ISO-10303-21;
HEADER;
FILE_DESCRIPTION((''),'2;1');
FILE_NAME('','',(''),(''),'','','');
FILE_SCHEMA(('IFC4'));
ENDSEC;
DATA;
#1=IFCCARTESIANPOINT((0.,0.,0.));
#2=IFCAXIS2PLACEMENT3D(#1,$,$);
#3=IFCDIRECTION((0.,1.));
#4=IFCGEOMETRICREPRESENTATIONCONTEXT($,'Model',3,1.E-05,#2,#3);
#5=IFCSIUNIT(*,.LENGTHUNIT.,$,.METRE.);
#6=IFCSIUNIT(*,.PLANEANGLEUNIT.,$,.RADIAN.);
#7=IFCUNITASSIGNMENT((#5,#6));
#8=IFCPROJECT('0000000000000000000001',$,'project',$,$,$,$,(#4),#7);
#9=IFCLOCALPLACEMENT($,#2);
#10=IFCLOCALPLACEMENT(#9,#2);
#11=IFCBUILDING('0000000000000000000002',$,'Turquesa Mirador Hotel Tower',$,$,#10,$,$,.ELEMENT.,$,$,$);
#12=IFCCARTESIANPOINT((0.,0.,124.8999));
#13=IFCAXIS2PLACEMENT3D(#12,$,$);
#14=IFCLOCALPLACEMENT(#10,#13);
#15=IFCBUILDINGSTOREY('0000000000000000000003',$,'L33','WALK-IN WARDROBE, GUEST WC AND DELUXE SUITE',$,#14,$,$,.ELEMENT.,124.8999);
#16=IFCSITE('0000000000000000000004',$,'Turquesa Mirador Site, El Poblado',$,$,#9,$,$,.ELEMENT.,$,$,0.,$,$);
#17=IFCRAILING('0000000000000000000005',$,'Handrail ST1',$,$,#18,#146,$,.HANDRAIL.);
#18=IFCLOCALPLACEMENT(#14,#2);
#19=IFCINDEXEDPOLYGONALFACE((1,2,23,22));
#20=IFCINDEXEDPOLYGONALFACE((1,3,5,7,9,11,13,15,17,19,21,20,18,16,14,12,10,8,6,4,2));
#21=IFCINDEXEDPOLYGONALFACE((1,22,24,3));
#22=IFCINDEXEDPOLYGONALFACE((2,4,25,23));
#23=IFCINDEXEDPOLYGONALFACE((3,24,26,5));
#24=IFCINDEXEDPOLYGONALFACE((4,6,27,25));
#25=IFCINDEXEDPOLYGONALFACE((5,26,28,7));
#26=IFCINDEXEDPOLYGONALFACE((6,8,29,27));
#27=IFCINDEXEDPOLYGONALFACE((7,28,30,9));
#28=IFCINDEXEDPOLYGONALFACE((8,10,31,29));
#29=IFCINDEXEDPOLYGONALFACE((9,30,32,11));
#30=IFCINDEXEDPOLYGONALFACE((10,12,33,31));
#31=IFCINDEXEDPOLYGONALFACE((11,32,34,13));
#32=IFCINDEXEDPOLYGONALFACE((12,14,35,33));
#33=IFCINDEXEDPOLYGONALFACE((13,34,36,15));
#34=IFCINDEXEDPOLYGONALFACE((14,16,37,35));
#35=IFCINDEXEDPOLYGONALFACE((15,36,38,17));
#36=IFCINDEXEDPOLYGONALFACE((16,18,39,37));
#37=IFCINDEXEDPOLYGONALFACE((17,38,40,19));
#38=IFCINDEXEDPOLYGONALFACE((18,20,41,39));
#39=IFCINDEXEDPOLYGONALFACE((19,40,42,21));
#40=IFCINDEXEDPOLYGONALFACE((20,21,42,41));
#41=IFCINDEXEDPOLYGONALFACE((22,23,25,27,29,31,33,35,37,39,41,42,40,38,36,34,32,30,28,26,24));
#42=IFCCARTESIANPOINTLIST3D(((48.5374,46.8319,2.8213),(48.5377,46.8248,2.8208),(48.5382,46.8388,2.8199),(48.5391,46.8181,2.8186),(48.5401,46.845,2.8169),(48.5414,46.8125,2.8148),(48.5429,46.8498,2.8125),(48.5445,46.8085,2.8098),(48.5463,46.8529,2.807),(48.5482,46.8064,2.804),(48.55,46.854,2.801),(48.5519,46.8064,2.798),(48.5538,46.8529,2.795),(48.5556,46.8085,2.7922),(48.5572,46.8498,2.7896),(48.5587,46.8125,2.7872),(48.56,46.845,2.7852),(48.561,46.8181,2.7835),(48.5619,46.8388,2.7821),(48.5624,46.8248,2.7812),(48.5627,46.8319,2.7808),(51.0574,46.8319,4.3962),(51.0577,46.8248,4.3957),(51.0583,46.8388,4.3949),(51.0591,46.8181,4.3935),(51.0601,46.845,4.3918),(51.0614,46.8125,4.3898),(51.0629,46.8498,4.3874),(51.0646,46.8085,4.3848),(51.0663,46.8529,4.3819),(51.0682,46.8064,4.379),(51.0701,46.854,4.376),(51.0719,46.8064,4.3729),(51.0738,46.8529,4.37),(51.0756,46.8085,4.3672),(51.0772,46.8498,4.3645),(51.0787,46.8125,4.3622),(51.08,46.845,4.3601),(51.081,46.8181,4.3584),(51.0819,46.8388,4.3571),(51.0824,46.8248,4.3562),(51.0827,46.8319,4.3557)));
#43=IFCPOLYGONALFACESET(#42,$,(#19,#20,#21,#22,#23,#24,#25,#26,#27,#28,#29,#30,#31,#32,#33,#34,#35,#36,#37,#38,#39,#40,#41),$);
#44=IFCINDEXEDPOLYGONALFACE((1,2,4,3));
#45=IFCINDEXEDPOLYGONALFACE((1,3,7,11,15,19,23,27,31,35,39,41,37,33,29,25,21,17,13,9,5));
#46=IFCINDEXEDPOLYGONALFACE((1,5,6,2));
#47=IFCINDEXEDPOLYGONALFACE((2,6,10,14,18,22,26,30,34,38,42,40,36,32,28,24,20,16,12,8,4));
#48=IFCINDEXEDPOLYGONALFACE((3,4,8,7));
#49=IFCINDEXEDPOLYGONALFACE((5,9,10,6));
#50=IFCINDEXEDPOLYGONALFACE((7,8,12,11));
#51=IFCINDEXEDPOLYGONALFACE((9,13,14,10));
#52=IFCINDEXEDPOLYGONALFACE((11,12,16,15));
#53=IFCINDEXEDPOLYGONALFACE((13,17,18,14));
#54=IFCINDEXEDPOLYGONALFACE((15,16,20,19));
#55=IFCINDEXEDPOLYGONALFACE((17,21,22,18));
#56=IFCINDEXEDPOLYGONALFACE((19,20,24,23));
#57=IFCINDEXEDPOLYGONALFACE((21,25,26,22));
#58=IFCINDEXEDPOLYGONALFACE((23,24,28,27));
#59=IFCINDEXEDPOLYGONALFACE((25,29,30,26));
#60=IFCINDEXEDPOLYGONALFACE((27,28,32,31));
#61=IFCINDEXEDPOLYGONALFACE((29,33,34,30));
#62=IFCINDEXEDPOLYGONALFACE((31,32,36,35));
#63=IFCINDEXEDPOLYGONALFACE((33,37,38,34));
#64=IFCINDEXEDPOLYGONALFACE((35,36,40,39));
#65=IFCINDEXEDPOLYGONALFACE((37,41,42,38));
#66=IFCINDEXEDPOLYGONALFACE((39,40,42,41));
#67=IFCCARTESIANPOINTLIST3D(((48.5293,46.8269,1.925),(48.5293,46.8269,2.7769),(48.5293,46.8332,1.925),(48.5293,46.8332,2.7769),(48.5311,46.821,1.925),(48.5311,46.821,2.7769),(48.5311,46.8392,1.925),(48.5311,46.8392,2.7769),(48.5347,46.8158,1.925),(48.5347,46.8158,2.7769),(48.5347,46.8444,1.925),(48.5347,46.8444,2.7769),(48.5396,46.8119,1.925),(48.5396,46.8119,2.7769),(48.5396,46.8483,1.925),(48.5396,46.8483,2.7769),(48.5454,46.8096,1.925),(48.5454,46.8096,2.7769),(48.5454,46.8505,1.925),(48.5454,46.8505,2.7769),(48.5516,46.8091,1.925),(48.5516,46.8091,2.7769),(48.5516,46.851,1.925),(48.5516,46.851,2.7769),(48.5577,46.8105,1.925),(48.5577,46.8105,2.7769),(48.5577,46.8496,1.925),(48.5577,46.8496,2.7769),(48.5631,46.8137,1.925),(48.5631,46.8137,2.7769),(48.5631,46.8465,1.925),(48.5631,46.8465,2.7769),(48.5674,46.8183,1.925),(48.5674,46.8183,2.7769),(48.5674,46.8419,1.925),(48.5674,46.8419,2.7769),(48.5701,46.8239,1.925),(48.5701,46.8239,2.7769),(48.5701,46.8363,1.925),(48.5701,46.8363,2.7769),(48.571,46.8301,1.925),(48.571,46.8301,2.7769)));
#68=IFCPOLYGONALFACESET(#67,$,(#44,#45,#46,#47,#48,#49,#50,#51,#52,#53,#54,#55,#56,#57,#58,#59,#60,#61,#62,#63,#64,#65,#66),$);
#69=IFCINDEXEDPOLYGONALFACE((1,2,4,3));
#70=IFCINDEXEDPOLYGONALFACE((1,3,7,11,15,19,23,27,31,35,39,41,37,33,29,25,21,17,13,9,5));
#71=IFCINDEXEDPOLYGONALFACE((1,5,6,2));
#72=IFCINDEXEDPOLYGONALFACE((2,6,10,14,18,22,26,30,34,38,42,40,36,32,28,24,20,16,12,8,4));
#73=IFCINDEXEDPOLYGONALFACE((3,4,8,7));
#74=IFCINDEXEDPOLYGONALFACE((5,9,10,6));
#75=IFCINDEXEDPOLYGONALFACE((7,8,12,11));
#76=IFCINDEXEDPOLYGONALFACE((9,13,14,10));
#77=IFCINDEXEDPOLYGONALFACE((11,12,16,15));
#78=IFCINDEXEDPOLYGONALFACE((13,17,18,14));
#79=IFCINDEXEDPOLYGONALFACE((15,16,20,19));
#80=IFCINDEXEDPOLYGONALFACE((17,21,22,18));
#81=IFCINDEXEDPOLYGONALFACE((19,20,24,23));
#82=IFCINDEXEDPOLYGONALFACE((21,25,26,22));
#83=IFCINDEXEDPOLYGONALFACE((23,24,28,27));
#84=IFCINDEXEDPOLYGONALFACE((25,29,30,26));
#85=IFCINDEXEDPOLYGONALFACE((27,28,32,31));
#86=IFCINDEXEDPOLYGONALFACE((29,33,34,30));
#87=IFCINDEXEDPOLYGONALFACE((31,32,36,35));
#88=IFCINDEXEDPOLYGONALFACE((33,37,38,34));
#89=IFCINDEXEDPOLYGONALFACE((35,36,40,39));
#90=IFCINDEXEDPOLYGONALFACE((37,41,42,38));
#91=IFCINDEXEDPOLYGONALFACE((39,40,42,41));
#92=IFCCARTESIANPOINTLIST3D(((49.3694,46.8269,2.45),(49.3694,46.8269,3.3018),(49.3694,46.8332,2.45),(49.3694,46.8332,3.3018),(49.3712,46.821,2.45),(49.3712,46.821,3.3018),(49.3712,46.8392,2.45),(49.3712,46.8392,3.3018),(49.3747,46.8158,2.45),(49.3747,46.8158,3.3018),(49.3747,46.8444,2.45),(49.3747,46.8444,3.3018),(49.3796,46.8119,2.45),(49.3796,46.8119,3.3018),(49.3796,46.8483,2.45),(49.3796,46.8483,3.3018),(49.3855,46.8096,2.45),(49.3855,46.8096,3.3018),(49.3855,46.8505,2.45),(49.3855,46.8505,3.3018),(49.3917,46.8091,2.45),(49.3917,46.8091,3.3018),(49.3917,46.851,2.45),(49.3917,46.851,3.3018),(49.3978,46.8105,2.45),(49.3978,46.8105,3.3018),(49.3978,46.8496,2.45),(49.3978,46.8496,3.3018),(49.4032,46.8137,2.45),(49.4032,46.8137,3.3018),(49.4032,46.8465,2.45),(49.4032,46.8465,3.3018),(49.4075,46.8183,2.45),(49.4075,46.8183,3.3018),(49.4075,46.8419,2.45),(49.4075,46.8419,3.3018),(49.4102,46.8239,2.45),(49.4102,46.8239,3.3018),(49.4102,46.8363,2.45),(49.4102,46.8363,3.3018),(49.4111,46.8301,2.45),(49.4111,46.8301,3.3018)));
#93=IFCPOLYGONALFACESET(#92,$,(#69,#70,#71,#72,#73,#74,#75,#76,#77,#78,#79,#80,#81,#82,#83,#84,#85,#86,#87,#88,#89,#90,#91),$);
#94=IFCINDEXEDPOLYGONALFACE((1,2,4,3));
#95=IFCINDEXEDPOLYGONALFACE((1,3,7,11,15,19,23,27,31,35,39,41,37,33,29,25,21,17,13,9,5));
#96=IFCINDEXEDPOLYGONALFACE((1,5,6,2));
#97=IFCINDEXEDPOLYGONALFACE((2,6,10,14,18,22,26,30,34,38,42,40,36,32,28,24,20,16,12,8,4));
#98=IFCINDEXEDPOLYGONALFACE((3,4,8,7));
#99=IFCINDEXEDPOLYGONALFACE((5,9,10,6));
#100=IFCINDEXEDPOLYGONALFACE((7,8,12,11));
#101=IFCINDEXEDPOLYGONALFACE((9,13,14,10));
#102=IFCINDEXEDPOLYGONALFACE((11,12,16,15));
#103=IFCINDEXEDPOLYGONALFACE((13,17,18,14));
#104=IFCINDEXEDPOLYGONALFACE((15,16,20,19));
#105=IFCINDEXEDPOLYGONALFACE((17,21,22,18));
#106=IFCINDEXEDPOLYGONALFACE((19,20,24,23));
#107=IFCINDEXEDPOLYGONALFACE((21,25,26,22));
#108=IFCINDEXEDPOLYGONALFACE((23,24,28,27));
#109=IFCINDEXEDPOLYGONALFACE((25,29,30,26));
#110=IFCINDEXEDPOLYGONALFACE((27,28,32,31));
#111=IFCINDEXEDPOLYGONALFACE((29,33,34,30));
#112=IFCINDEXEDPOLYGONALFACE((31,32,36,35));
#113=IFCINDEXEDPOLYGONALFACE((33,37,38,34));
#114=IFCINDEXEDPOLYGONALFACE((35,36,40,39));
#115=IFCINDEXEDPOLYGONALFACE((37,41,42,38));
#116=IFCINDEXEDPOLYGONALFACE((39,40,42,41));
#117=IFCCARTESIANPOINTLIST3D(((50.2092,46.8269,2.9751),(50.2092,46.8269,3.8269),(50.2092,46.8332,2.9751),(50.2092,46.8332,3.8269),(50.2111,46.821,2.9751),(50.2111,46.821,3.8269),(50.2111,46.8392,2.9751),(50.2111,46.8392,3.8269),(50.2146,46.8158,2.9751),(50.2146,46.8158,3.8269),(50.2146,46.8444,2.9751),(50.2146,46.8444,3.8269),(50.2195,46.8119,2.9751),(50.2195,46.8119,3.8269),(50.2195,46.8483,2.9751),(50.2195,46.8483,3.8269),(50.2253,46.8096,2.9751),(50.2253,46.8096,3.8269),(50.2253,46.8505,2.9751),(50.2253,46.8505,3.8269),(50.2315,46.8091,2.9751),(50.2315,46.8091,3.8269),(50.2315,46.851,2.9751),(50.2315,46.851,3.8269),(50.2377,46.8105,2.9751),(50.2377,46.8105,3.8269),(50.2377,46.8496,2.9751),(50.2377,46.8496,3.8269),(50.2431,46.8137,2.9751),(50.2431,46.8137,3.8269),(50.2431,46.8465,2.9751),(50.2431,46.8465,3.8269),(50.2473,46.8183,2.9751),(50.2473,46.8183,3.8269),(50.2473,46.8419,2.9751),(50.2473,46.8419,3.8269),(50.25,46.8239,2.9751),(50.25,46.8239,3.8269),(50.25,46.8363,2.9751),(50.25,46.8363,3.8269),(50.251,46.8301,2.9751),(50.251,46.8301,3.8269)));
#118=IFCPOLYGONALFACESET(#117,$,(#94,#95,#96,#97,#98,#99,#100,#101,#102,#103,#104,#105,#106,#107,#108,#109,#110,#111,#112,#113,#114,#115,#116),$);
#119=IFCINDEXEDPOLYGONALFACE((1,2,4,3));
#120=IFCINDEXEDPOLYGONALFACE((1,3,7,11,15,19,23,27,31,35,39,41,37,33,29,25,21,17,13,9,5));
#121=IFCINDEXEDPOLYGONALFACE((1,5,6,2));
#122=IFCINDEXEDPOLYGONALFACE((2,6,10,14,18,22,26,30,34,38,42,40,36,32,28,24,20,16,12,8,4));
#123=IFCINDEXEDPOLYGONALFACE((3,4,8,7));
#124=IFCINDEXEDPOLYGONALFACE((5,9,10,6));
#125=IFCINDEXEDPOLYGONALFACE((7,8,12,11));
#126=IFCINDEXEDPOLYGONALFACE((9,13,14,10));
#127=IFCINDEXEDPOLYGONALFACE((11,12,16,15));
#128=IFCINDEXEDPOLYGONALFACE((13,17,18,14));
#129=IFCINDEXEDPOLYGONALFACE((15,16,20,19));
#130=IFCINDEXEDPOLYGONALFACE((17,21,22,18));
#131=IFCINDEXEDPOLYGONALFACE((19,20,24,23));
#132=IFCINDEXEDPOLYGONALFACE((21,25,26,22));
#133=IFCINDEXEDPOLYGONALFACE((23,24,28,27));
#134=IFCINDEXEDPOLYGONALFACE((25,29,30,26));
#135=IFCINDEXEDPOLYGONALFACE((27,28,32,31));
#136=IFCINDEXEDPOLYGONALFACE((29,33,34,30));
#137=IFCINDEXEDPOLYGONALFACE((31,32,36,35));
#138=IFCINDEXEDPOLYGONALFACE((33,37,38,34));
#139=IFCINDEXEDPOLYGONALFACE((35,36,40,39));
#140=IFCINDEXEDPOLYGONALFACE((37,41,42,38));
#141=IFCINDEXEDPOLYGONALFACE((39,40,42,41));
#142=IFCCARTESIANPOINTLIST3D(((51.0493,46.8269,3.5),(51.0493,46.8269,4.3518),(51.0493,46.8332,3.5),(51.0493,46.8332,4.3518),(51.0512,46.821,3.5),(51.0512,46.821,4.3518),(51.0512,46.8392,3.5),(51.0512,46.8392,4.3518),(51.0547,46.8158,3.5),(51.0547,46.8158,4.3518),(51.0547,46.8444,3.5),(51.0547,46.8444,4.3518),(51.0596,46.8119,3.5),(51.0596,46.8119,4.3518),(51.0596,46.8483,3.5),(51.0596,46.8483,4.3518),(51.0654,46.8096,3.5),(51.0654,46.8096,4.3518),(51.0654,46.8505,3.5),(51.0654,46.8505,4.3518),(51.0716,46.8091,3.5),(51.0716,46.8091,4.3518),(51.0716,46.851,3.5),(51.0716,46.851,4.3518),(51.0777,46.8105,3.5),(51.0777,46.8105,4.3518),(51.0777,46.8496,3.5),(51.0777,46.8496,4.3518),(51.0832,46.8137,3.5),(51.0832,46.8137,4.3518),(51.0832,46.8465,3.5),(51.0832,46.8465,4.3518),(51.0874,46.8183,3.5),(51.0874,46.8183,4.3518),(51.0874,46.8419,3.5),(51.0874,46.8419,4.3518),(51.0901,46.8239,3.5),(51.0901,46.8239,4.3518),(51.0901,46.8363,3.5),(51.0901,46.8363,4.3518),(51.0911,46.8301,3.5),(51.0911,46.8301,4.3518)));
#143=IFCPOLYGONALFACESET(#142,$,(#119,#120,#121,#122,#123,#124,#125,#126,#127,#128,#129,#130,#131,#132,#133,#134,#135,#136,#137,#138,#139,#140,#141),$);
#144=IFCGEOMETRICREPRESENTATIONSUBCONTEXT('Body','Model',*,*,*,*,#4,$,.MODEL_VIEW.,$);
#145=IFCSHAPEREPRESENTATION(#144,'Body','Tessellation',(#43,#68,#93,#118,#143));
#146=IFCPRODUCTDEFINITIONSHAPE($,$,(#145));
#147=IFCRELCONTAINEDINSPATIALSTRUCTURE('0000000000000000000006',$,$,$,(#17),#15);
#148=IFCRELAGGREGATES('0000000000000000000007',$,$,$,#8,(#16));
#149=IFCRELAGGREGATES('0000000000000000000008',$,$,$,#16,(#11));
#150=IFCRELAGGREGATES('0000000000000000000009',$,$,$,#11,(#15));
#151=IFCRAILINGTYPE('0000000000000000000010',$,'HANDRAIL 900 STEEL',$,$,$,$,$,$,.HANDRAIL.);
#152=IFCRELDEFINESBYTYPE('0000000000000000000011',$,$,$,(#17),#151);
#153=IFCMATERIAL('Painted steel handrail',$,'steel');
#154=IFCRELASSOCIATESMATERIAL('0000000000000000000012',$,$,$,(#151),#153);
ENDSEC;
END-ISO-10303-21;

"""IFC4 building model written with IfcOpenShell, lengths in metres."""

from ifc_helpers import new_model, si_unit, direction, frame, origin, origin_2d, place, context, subcontext, project, spatial, circle, extrude, material, type_object, element, save


model = new_model("IFC4")

# Units and contexts
model_context = context("Model", 3, precision=1e-05, world=origin(), true_north=direction((0.0, 1.0)))
body_context = subcontext(model_context, "Body", "Model", "MODEL_VIEW")
ifc_project = project(units=[si_unit("LENGTHUNIT", "METRE"), si_unit("PLANEANGLEUNIT", "RADIAN")], contexts=[model_context])

# Site, building, storey
site_placement = place(None, origin())
site = spatial("IfcSite", under=ifc_project, at=site_placement, Name="Turquesa Mirador Site, El Poblado", CompositionType="ELEMENT", RefElevation=0.0)
building_placement = place(site_placement, origin())
building = spatial("IfcBuilding", under=site, at=building_placement, Name="Turquesa Mirador Hotel Tower", CompositionType="ELEMENT")
storey_placement = place(building_placement, frame((0.0, 0.0, 124.8999)))
storey = spatial("IfcBuildingStorey", under=building, at=storey_placement, Name="L33", Description="WALK-IN WARDROBE, GUEST WC AND DELUXE SUITE", CompositionType="ELEMENT", Elevation=124.8999)

# Railing
ifc_material_1 = material(Name="Painted steel handrail", Category="steel")
railing_type = type_object("IfcRailingType", Name="HANDRAIL 900 STEEL", PredefinedType="HANDRAIL", material=ifc_material_1)
for number, where, name in (
    (1, (48.55, 46.8301, 1.925), "Handrail ST1"),
):
    element("IfcRailing", number, at=place(storey_placement, frame(where)), inside=storey, type_object=railing_type, Name=name, PredefinedType="HANDRAIL", context=body_context, shape_type="SweptSolid", body=[
        extrude(circle(Radius=0.0239, at=origin_2d()), frame((0.0, 0.0, 0.876), z_axis=(0.848008, 0.0, 0.529984), x_axis=(0.0, 1.0, 0.0)), (0.0, 0.0, 1.0), 2.9717),
        extrude(circle(Radius=0.021, at=origin_2d()), origin(), (0.0, 0.0, 1.0), 0.8518),
        extrude(circle(Radius=0.021, at=origin_2d()), frame((0.8401, 0.0, 0.5249)), (0.0, 0.0, 1.0), 0.8518),
        extrude(circle(Radius=0.021, at=origin_2d()), frame((1.6799, 0.0, 1.05)), (0.0, 0.0, 1.0), 0.8518),
        extrude(circle(Radius=0.021, at=origin_2d()), frame((2.52, 0.0, 1.575)), (0.0, 0.0, 1.0), 0.8518),
    ])

save(model, "model.ifc")
